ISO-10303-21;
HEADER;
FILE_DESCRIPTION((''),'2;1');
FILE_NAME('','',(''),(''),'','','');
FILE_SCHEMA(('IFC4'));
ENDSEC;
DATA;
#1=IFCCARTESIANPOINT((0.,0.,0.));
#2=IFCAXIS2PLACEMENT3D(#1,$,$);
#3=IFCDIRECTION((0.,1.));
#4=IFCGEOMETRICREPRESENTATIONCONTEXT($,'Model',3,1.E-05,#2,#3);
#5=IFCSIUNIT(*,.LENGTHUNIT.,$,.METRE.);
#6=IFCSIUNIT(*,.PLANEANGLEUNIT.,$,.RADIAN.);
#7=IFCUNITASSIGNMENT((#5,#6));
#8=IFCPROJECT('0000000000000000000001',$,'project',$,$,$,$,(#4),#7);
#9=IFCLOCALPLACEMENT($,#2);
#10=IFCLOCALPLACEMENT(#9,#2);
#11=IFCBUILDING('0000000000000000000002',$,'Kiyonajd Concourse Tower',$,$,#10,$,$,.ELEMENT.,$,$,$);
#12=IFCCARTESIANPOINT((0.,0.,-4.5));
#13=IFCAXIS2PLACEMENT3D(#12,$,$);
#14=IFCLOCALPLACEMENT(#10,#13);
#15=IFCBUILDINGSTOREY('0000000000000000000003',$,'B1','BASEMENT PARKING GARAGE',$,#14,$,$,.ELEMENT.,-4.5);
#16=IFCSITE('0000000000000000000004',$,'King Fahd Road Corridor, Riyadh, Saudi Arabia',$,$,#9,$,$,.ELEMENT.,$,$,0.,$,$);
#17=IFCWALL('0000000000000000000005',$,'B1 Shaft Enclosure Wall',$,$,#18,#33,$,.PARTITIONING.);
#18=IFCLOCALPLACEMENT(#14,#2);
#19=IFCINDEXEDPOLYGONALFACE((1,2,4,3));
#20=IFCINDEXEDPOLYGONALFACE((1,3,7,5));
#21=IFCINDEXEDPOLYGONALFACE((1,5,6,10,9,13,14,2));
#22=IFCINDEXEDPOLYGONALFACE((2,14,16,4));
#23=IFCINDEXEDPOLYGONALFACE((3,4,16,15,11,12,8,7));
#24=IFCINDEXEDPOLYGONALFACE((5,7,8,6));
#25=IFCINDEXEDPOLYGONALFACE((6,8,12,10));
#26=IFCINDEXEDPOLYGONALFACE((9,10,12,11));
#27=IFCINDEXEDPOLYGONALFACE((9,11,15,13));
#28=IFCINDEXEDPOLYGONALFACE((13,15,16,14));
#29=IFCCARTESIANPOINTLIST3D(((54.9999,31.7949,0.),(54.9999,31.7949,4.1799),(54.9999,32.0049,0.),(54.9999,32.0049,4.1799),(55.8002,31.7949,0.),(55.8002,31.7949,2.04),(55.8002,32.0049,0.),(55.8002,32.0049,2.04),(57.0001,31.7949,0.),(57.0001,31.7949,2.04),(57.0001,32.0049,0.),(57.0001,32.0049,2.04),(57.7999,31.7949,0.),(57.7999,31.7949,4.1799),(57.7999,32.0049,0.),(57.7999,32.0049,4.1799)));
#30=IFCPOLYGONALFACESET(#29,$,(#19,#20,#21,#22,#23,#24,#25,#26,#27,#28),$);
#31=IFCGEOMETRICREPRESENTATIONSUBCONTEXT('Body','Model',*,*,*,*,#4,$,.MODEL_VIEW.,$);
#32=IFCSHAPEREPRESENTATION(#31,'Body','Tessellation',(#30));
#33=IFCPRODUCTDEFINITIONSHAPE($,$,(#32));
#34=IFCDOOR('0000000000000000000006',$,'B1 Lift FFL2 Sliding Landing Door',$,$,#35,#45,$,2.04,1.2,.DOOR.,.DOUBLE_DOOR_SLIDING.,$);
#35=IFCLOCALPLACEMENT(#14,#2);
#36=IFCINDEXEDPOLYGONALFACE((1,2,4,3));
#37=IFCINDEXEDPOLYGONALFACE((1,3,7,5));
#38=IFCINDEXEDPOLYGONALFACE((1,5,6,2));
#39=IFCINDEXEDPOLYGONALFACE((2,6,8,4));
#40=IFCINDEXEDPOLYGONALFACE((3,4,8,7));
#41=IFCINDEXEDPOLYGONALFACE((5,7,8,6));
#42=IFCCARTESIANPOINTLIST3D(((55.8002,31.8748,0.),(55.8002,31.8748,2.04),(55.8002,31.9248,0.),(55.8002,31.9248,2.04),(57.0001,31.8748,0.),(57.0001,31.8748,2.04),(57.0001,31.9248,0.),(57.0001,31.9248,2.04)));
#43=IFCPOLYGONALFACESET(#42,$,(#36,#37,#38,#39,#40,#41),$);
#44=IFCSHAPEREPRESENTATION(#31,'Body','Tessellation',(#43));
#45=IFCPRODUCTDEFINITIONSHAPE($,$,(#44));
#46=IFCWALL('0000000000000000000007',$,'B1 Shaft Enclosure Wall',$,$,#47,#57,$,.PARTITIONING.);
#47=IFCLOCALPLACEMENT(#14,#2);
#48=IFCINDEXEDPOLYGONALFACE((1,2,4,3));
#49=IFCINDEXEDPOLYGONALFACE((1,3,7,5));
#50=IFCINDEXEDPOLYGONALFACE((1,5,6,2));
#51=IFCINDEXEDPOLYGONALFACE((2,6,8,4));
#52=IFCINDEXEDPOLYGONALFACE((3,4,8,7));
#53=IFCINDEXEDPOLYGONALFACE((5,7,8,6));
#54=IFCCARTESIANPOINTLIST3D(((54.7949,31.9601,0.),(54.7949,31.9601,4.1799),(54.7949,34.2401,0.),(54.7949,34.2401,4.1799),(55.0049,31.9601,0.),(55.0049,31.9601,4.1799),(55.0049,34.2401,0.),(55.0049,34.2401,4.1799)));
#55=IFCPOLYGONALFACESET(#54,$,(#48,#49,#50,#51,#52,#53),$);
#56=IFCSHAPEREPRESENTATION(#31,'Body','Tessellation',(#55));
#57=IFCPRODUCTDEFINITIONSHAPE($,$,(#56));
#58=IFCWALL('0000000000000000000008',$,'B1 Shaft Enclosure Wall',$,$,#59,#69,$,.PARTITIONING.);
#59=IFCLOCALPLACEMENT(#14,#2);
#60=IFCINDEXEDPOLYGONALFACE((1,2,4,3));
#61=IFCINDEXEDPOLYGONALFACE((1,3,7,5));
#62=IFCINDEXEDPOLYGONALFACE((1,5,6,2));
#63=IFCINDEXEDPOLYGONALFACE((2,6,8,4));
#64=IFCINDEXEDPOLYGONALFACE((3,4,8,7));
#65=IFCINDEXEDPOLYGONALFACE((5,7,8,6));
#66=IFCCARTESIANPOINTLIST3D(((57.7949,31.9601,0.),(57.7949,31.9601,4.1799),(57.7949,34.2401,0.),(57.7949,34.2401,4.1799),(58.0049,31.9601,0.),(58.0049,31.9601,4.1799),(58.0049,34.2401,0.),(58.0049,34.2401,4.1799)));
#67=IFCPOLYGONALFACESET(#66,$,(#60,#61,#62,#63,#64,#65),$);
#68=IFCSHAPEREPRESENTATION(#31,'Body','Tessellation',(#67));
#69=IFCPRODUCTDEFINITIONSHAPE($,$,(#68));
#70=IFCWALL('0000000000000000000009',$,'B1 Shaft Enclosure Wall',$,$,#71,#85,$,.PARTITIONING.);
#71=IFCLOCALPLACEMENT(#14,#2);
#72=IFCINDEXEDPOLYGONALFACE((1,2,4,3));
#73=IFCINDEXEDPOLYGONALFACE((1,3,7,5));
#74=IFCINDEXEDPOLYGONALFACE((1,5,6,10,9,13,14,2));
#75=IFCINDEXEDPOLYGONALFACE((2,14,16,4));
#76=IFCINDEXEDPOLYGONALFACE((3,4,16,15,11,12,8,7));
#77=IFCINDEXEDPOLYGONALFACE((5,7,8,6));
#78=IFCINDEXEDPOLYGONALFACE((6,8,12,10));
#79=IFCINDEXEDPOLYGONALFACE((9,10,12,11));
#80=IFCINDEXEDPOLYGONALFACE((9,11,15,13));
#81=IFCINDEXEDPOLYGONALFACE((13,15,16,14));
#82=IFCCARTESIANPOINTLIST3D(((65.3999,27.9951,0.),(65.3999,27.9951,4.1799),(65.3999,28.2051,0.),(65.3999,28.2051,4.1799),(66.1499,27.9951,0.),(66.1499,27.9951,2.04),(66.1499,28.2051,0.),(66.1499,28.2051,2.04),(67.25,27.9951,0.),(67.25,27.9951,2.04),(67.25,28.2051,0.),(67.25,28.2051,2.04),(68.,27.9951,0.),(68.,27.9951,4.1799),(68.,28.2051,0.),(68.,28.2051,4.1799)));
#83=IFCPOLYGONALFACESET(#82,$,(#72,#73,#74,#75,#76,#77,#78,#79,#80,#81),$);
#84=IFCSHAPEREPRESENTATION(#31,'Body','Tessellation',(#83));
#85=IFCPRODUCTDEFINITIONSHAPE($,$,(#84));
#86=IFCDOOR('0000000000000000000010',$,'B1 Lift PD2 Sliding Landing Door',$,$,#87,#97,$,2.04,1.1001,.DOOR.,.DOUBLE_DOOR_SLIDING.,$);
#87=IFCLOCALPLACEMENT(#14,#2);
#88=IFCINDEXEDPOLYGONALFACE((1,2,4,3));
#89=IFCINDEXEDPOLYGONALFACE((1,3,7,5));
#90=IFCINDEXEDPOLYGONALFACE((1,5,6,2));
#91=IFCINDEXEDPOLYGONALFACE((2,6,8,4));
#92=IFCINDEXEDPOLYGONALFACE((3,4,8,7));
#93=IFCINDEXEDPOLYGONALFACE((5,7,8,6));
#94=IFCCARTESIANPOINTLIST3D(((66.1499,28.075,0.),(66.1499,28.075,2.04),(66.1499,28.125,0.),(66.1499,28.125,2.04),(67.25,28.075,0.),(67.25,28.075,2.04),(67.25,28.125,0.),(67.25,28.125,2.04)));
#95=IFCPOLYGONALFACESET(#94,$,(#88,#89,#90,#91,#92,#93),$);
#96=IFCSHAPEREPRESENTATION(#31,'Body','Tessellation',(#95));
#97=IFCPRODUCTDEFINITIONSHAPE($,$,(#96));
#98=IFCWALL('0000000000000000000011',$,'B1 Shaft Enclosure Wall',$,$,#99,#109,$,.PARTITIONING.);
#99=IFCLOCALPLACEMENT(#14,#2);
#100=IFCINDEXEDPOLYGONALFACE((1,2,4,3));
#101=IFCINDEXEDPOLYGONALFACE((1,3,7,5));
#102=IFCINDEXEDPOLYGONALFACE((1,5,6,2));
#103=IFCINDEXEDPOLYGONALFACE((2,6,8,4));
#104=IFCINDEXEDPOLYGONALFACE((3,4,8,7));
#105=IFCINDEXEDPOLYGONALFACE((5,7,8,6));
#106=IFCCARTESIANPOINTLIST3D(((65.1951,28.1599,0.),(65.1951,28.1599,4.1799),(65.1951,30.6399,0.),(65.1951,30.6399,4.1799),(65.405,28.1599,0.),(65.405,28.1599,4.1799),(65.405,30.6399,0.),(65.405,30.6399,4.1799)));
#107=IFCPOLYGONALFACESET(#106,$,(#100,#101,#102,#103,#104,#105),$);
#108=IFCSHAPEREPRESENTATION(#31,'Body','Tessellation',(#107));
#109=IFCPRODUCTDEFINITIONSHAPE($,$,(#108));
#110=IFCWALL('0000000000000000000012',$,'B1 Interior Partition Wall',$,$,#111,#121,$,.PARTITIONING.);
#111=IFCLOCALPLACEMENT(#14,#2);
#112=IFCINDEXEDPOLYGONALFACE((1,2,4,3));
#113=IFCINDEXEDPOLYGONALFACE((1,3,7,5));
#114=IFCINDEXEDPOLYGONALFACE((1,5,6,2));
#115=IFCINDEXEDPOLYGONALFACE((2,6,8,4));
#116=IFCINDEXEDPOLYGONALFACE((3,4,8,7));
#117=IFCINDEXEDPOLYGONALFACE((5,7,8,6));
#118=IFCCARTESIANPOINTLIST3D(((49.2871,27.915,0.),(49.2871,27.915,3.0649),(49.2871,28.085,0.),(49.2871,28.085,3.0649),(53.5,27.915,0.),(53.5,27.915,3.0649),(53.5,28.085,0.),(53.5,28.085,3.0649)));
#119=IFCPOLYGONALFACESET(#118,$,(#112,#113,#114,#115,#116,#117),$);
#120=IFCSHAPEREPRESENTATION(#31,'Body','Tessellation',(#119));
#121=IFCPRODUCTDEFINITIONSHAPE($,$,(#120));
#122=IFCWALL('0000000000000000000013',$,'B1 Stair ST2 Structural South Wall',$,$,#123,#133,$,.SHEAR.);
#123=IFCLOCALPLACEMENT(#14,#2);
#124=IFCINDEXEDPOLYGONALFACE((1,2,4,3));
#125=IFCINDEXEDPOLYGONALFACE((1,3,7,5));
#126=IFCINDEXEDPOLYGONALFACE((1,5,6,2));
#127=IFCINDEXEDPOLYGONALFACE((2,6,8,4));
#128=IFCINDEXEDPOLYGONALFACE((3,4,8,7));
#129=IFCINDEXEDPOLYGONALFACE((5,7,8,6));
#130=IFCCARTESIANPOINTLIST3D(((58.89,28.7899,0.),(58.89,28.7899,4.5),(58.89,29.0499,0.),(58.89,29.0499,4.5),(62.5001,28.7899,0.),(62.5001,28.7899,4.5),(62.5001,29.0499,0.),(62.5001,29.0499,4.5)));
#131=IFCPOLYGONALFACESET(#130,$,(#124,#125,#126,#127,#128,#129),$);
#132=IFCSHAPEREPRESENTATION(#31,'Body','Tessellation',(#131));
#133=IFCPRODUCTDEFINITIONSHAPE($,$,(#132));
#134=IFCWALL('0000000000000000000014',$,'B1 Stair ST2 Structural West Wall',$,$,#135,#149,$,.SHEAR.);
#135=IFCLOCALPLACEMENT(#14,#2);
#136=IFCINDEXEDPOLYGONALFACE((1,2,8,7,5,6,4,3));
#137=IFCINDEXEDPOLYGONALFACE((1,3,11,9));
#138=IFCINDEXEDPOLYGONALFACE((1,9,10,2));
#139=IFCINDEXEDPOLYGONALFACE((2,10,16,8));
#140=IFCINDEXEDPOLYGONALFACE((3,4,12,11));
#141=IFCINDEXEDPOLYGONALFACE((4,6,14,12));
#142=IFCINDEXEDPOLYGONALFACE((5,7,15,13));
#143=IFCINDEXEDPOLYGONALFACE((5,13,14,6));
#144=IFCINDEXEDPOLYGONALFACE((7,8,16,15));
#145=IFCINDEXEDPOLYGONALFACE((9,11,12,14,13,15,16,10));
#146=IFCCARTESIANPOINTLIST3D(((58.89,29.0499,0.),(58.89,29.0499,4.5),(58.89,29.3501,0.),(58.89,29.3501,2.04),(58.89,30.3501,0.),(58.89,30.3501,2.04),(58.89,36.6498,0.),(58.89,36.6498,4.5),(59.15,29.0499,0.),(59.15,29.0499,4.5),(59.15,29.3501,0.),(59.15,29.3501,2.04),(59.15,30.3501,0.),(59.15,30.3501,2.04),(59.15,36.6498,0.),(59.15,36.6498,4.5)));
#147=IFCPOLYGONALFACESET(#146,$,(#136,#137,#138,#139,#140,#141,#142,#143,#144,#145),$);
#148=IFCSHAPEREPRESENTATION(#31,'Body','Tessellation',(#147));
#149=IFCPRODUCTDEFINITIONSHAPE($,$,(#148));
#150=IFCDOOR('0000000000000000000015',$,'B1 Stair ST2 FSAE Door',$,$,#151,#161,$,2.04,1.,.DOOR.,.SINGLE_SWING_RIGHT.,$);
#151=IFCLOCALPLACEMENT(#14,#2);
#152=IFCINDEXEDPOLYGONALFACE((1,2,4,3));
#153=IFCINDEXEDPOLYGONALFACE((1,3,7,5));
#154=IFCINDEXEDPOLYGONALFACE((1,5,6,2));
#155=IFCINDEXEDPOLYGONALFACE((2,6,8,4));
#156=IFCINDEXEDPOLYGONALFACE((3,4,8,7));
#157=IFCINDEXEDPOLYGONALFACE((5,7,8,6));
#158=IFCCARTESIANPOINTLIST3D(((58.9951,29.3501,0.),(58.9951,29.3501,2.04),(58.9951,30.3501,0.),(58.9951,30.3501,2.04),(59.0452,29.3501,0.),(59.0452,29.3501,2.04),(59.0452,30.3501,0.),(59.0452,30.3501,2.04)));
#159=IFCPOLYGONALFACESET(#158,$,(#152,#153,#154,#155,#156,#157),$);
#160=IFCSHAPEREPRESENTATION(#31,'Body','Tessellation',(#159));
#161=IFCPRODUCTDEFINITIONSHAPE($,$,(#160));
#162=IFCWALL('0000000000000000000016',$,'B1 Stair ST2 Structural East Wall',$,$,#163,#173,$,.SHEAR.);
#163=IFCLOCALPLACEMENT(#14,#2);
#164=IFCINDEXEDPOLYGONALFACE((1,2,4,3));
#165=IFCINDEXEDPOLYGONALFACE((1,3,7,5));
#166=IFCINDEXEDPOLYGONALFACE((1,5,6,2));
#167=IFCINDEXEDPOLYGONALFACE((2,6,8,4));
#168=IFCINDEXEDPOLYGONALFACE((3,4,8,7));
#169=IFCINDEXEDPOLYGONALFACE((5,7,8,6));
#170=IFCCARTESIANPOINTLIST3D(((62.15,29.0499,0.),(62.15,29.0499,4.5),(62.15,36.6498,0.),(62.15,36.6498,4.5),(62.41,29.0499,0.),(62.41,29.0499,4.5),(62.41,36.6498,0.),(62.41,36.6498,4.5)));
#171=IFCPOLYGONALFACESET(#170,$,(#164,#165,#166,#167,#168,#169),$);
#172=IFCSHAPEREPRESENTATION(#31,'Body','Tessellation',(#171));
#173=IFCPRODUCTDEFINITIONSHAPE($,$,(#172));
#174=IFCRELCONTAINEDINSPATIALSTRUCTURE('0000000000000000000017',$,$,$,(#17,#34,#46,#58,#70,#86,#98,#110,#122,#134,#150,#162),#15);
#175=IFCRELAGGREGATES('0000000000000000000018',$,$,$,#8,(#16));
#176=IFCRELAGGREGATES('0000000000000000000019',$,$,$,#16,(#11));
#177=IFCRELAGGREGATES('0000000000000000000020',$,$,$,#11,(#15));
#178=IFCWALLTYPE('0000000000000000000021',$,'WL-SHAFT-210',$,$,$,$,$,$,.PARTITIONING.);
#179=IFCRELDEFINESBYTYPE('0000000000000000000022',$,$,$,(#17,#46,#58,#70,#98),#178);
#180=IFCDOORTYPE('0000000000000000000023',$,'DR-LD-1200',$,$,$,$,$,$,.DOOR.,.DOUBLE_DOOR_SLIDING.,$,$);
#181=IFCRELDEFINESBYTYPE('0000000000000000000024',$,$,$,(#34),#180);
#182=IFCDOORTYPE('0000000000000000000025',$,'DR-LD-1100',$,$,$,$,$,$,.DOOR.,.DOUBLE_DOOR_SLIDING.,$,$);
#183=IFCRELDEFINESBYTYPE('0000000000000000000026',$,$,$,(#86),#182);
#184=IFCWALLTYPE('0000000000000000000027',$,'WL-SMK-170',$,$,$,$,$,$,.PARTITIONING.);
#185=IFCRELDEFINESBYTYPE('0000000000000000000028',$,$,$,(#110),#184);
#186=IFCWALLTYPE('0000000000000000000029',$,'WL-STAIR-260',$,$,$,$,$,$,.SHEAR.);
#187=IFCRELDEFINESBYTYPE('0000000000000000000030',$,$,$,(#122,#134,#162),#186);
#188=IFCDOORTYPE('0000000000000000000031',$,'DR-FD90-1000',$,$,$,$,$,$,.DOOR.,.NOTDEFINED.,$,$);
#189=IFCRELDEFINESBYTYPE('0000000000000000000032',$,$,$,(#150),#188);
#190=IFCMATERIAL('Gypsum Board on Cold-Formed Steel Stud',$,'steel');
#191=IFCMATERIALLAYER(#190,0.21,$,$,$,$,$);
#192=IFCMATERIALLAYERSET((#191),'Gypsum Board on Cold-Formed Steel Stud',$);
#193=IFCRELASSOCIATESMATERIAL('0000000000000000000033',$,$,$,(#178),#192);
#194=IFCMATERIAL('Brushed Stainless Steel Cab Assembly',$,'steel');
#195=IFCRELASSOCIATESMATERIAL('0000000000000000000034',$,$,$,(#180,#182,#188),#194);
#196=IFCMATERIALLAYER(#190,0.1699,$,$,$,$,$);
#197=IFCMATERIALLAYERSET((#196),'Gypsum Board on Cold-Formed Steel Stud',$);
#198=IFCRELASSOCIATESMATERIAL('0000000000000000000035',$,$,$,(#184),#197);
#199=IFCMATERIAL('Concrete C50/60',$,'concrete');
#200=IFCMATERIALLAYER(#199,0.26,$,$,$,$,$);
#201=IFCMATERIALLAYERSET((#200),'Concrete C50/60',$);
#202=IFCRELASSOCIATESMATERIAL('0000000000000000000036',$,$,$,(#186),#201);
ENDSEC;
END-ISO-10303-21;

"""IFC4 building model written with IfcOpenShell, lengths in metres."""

from ifc_helpers import new_model, si_unit, direction, frame, frame_2d, origin, place, context, subcontext, project, spatial, rectangle, extrude, material, layer, layer_set, type_object, element, fill, save


model = new_model("IFC4")

# Units and contexts
model_context = context("Model", 3, precision=1e-05, world=origin(), true_north=direction((0.0, 1.0)))
body_context = subcontext(model_context, "Body", "Model", "MODEL_VIEW")
ifc_project = project(units=[si_unit("LENGTHUNIT", "METRE"), si_unit("PLANEANGLEUNIT", "RADIAN")], contexts=[model_context])

# Site, building, storey
site_placement = place(None, origin())
site = spatial("IfcSite", under=ifc_project, at=site_placement, Name="King Fahd Road Corridor, Riyadh, Saudi Arabia", CompositionType="ELEMENT", RefElevation=0.0)
building_placement = place(site_placement, origin())
building = spatial("IfcBuilding", under=site, at=building_placement, Name="Kiyonajd Concourse Tower", CompositionType="ELEMENT")
storey_placement = place(building_placement, frame((0.0, 0.0, -4.5)))
storey = spatial("IfcBuildingStorey", under=building, at=storey_placement, Name="B1", Description="BASEMENT PARKING GARAGE", CompositionType="ELEMENT", Elevation=-4.5)

# Shared definitions
ifc_material_1 = material(Name="Concrete C50/60", Category="concrete")

# Wall, opening, door
ifc_material_2 = material(Name="Brushed Stainless Steel Cab Assembly", Category="steel")
ifc_material_3 = material(Name="Gypsum Board on Cold-Formed Steel Stud", Category="steel")
ifc_layer_1 = layer(ifc_material_3, 0.21)
ifc_layer_set_1 = layer_set([ifc_layer_1], Name="Gypsum Board on Cold-Formed Steel Stud")
wall_type_1 = type_object("IfcWallType", Name="WL-SHAFT-210", PredefinedType="PARTITIONING", material=ifc_layer_set_1)
wall_1_placement = place(storey_placement, frame((55.0, 31.8999, 0.0), z_axis=(0.0, 0.0, 1.0), x_axis=(1.0, 0.0, 0.0)))
wall_1 = element("IfcWall", 1, at=wall_1_placement, inside=storey, type_object=wall_type_1, Name="B1 Shaft Enclosure Wall", PredefinedType="PARTITIONING", context=body_context, shape_type="SweptSolid", body=[
    extrude(rectangle(XDim=2.8, YDim=0.21, at=frame_2d((1.3999, 0.0))), origin(), (0.0, 0.0, 1.0), 4.1799),
])
opening_1_placement = place(wall_1_placement, frame((0.8, 0.0, 0.0)))
opening_1 = element("IfcOpeningElement", 2, at=opening_1_placement, cuts=wall_1, PredefinedType="OPENING", context=body_context, shape_type="SweptSolid", body=[
    extrude(rectangle(XDim=1.2, YDim=2.04, at=frame_2d((0.6001, 1.02))), frame((0.0, 0.115, 0.0), z_axis=(0.0, -1.0, 0.0), x_axis=(1.0, 0.0, 0.0)), (0.0, 0.0, 1.0), 0.23),
])
door_type_1 = type_object("IfcDoorType", Name="DR-LD-1200", OperationType="DOUBLE_DOOR_SLIDING", PredefinedType="DOOR", material=ifc_material_2)
door_1_placement = place(opening_1_placement, origin())
door_1 = element("IfcDoor", 3, at=door_1_placement, inside=storey, type_object=door_type_1, Name="B1 Lift FFL2 Sliding Landing Door", OperationType="DOUBLE_DOOR_SLIDING", OverallHeight=2.04, OverallWidth=1.2, PredefinedType="DOOR", context=body_context, shape_type="SweptSolid", body=[
    extrude(rectangle(XDim=1.2, YDim=2.04, at=frame_2d((0.6001, 1.02))), frame((0.0, 0.0249, 0.0), z_axis=(0.0, -1.0, 0.0), x_axis=(1.0, 0.0, 0.0)), (0.0, 0.0, 1.0), 0.05),
])
fill(opening_1, door_1)

# Walls
for number, where, z_axis, x_axis, name in (
    (4, (54.8999, 31.96, 0.0), (0.0, 0.0, 1.0), (0.0, 1.0, 0.0), "B1 Shaft Enclosure Wall"),
    (5, (57.8999, 31.96, 0.0), (0.0, 0.0, 1.0), (0.0, 1.0, 0.0), "B1 Shaft Enclosure Wall"),
):
    element("IfcWall", number, at=place(storey_placement, frame(where, z_axis=z_axis, x_axis=x_axis)), inside=storey, type_object=wall_type_1, Name=name, PredefinedType="PARTITIONING", context=body_context, shape_type="SweptSolid", body=[
        extrude(rectangle(XDim=2.28, YDim=0.21, at=frame_2d((1.1401, 0.0))), origin(), (0.0, 0.0, 1.0), 4.1799),
    ])

# Wall, opening, door
wall_2_placement = place(storey_placement, frame((65.3999, 28.1001, 0.0), z_axis=(0.0, 0.0, 1.0), x_axis=(1.0, 0.0, 0.0)))
wall_2 = element("IfcWall", 6, at=wall_2_placement, inside=storey, type_object=wall_type_1, Name="B1 Shaft Enclosure Wall", PredefinedType="PARTITIONING", context=body_context, shape_type="SweptSolid", body=[
    extrude(rectangle(XDim=2.6001, YDim=0.21, at=frame_2d((1.3, 0.0))), origin(), (0.0, 0.0, 1.0), 4.1799),
])
opening_2_placement = place(wall_2_placement, frame((0.75, 0.0, 0.0)))
opening_2 = element("IfcOpeningElement", 7, at=opening_2_placement, cuts=wall_2, PredefinedType="OPENING", context=body_context, shape_type="SweptSolid", body=[
    extrude(rectangle(XDim=1.1001, YDim=2.04, at=frame_2d((0.55, 1.02))), frame((0.0, 0.115, 0.0), z_axis=(0.0, -1.0, 0.0), x_axis=(1.0, 0.0, 0.0)), (0.0, 0.0, 1.0), 0.23),
])
door_type_2 = type_object("IfcDoorType", Name="DR-LD-1100", OperationType="DOUBLE_DOOR_SLIDING", PredefinedType="DOOR", material=ifc_material_2)
door_2_placement = place(opening_2_placement, origin())
door_2 = element("IfcDoor", 8, at=door_2_placement, inside=storey, type_object=door_type_2, Name="B1 Lift PD2 Sliding Landing Door", OperationType="DOUBLE_DOOR_SLIDING", OverallHeight=2.04, OverallWidth=1.1001, PredefinedType="DOOR", context=body_context, shape_type="SweptSolid", body=[
    extrude(rectangle(XDim=1.1001, YDim=2.04, at=frame_2d((0.55, 1.02))), frame((0.0, 0.0249, 0.0), z_axis=(0.0, -1.0, 0.0), x_axis=(1.0, 0.0, 0.0)), (0.0, 0.0, 1.0), 0.05),
])
fill(opening_2, door_2)

# Walls
wall_3_placement = place(storey_placement, frame((65.3, 28.1599, 0.0), z_axis=(0.0, 0.0, 1.0), x_axis=(0.0, 1.0, 0.0)))
element("IfcWall", 9, at=wall_3_placement, inside=storey, type_object=wall_type_1, Name="B1 Shaft Enclosure Wall", PredefinedType="PARTITIONING", context=body_context, shape_type="SweptSolid", body=[
    extrude(rectangle(XDim=2.48, YDim=0.21, at=frame_2d((1.24, 0.0))), origin(), (0.0, 0.0, 1.0), 4.1799),
])
ifc_layer_2 = layer(ifc_material_3, 0.1699)
ifc_layer_set_2 = layer_set([ifc_layer_2], Name="Gypsum Board on Cold-Formed Steel Stud")
wall_type_2 = type_object("IfcWallType", Name="WL-SMK-170", PredefinedType="PARTITIONING", material=ifc_layer_set_2)
wall_4_placement = place(storey_placement, frame((49.2871, 28.0, 0.0), z_axis=(0.0, 0.0, 1.0), x_axis=(1.0, 0.0, 0.0)))
element("IfcWall", 10, at=wall_4_placement, inside=storey, type_object=wall_type_2, Name="B1 Interior Partition Wall", PredefinedType="PARTITIONING", context=body_context, shape_type="SweptSolid", body=[
    extrude(rectangle(XDim=4.2129, YDim=0.1699, at=frame_2d((2.1064, 0.0))), origin(), (0.0, 0.0, 1.0), 3.0649),
])
ifc_layer_3 = layer(ifc_material_1, 0.26)
ifc_layer_set_3 = layer_set([ifc_layer_3], Name="Concrete C50/60")
wall_type_3 = type_object("IfcWallType", Name="WL-STAIR-260", PredefinedType="SHEAR", material=ifc_layer_set_3)
wall_5_placement = place(storey_placement, frame((58.8899, 28.9199, 0.0), z_axis=(0.0, 0.0, 1.0), x_axis=(1.0, 0.0, 0.0)))
element("IfcWall", 11, at=wall_5_placement, inside=storey, type_object=wall_type_3, Name="B1 Stair ST2 Structural South Wall", PredefinedType="SHEAR", context=body_context, shape_type="SweptSolid", body=[
    extrude(rectangle(XDim=3.6101, YDim=0.26, at=frame_2d((1.8052, 0.0))), origin(), (0.0, 0.0, 1.0), 4.5),
])

# Wall, opening, door
wall_6_placement = place(storey_placement, frame((59.02, 29.05, 0.0), z_axis=(0.0, 0.0, 1.0), x_axis=(0.0, 1.0, 0.0)))
wall_6 = element("IfcWall", 12, at=wall_6_placement, inside=storey, type_object=wall_type_3, Name="B1 Stair ST2 Structural West Wall", PredefinedType="SHEAR", context=body_context, shape_type="SweptSolid", body=[
    extrude(rectangle(XDim=7.5999, YDim=0.26, at=frame_2d((3.7998, 0.0))), origin(), (0.0, 0.0, 1.0), 4.5),
])
opening_3_placement = place(wall_6_placement, frame((0.3, 0.0, 0.0)))
opening_3 = element("IfcOpeningElement", 13, at=opening_3_placement, cuts=wall_6, PredefinedType="OPENING", context=body_context, shape_type="SweptSolid", body=[
    extrude(rectangle(XDim=1.0, YDim=2.04, at=frame_2d((0.5, 1.02))), frame((0.0, 0.1399, 0.0), z_axis=(0.0, -1.0, 0.0), x_axis=(1.0, 0.0, 0.0)), (0.0, 0.0, 1.0), 0.28),
])
door_type_3 = type_object("IfcDoorType", Name="DR-FD90-1000", OperationType="NOTDEFINED", PredefinedType="DOOR", material=ifc_material_2)
door_3_placement = place(opening_3_placement, origin())
door_3 = element("IfcDoor", 14, at=door_3_placement, inside=storey, type_object=door_type_3, Name="B1 Stair ST2 FSAE Door", OperationType="SINGLE_SWING_RIGHT", OverallHeight=2.04, OverallWidth=1.0, PredefinedType="DOOR", context=body_context, shape_type="SweptSolid", body=[
    extrude(rectangle(XDim=1.0, YDim=2.04, at=frame_2d((0.5, 1.02))), frame((0.0, 0.0249, 0.0), z_axis=(0.0, -1.0, 0.0), x_axis=(1.0, 0.0, 0.0)), (0.0, 0.0, 1.0), 0.05),
])
fill(opening_3, door_3)

# Wall
wall_7_placement = place(storey_placement, frame((62.28, 29.05, 0.0), z_axis=(0.0, 0.0, 1.0), x_axis=(0.0, 1.0, 0.0)))
element("IfcWall", 15, at=wall_7_placement, inside=storey, type_object=wall_type_3, Name="B1 Stair ST2 Structural East Wall", PredefinedType="SHEAR", context=body_context, shape_type="SweptSolid", body=[
    extrude(rectangle(XDim=7.5999, YDim=0.26, at=frame_2d((3.7998, 0.0))), origin(), (0.0, 0.0, 1.0), 4.5),
])

save(model, "model.ifc")
